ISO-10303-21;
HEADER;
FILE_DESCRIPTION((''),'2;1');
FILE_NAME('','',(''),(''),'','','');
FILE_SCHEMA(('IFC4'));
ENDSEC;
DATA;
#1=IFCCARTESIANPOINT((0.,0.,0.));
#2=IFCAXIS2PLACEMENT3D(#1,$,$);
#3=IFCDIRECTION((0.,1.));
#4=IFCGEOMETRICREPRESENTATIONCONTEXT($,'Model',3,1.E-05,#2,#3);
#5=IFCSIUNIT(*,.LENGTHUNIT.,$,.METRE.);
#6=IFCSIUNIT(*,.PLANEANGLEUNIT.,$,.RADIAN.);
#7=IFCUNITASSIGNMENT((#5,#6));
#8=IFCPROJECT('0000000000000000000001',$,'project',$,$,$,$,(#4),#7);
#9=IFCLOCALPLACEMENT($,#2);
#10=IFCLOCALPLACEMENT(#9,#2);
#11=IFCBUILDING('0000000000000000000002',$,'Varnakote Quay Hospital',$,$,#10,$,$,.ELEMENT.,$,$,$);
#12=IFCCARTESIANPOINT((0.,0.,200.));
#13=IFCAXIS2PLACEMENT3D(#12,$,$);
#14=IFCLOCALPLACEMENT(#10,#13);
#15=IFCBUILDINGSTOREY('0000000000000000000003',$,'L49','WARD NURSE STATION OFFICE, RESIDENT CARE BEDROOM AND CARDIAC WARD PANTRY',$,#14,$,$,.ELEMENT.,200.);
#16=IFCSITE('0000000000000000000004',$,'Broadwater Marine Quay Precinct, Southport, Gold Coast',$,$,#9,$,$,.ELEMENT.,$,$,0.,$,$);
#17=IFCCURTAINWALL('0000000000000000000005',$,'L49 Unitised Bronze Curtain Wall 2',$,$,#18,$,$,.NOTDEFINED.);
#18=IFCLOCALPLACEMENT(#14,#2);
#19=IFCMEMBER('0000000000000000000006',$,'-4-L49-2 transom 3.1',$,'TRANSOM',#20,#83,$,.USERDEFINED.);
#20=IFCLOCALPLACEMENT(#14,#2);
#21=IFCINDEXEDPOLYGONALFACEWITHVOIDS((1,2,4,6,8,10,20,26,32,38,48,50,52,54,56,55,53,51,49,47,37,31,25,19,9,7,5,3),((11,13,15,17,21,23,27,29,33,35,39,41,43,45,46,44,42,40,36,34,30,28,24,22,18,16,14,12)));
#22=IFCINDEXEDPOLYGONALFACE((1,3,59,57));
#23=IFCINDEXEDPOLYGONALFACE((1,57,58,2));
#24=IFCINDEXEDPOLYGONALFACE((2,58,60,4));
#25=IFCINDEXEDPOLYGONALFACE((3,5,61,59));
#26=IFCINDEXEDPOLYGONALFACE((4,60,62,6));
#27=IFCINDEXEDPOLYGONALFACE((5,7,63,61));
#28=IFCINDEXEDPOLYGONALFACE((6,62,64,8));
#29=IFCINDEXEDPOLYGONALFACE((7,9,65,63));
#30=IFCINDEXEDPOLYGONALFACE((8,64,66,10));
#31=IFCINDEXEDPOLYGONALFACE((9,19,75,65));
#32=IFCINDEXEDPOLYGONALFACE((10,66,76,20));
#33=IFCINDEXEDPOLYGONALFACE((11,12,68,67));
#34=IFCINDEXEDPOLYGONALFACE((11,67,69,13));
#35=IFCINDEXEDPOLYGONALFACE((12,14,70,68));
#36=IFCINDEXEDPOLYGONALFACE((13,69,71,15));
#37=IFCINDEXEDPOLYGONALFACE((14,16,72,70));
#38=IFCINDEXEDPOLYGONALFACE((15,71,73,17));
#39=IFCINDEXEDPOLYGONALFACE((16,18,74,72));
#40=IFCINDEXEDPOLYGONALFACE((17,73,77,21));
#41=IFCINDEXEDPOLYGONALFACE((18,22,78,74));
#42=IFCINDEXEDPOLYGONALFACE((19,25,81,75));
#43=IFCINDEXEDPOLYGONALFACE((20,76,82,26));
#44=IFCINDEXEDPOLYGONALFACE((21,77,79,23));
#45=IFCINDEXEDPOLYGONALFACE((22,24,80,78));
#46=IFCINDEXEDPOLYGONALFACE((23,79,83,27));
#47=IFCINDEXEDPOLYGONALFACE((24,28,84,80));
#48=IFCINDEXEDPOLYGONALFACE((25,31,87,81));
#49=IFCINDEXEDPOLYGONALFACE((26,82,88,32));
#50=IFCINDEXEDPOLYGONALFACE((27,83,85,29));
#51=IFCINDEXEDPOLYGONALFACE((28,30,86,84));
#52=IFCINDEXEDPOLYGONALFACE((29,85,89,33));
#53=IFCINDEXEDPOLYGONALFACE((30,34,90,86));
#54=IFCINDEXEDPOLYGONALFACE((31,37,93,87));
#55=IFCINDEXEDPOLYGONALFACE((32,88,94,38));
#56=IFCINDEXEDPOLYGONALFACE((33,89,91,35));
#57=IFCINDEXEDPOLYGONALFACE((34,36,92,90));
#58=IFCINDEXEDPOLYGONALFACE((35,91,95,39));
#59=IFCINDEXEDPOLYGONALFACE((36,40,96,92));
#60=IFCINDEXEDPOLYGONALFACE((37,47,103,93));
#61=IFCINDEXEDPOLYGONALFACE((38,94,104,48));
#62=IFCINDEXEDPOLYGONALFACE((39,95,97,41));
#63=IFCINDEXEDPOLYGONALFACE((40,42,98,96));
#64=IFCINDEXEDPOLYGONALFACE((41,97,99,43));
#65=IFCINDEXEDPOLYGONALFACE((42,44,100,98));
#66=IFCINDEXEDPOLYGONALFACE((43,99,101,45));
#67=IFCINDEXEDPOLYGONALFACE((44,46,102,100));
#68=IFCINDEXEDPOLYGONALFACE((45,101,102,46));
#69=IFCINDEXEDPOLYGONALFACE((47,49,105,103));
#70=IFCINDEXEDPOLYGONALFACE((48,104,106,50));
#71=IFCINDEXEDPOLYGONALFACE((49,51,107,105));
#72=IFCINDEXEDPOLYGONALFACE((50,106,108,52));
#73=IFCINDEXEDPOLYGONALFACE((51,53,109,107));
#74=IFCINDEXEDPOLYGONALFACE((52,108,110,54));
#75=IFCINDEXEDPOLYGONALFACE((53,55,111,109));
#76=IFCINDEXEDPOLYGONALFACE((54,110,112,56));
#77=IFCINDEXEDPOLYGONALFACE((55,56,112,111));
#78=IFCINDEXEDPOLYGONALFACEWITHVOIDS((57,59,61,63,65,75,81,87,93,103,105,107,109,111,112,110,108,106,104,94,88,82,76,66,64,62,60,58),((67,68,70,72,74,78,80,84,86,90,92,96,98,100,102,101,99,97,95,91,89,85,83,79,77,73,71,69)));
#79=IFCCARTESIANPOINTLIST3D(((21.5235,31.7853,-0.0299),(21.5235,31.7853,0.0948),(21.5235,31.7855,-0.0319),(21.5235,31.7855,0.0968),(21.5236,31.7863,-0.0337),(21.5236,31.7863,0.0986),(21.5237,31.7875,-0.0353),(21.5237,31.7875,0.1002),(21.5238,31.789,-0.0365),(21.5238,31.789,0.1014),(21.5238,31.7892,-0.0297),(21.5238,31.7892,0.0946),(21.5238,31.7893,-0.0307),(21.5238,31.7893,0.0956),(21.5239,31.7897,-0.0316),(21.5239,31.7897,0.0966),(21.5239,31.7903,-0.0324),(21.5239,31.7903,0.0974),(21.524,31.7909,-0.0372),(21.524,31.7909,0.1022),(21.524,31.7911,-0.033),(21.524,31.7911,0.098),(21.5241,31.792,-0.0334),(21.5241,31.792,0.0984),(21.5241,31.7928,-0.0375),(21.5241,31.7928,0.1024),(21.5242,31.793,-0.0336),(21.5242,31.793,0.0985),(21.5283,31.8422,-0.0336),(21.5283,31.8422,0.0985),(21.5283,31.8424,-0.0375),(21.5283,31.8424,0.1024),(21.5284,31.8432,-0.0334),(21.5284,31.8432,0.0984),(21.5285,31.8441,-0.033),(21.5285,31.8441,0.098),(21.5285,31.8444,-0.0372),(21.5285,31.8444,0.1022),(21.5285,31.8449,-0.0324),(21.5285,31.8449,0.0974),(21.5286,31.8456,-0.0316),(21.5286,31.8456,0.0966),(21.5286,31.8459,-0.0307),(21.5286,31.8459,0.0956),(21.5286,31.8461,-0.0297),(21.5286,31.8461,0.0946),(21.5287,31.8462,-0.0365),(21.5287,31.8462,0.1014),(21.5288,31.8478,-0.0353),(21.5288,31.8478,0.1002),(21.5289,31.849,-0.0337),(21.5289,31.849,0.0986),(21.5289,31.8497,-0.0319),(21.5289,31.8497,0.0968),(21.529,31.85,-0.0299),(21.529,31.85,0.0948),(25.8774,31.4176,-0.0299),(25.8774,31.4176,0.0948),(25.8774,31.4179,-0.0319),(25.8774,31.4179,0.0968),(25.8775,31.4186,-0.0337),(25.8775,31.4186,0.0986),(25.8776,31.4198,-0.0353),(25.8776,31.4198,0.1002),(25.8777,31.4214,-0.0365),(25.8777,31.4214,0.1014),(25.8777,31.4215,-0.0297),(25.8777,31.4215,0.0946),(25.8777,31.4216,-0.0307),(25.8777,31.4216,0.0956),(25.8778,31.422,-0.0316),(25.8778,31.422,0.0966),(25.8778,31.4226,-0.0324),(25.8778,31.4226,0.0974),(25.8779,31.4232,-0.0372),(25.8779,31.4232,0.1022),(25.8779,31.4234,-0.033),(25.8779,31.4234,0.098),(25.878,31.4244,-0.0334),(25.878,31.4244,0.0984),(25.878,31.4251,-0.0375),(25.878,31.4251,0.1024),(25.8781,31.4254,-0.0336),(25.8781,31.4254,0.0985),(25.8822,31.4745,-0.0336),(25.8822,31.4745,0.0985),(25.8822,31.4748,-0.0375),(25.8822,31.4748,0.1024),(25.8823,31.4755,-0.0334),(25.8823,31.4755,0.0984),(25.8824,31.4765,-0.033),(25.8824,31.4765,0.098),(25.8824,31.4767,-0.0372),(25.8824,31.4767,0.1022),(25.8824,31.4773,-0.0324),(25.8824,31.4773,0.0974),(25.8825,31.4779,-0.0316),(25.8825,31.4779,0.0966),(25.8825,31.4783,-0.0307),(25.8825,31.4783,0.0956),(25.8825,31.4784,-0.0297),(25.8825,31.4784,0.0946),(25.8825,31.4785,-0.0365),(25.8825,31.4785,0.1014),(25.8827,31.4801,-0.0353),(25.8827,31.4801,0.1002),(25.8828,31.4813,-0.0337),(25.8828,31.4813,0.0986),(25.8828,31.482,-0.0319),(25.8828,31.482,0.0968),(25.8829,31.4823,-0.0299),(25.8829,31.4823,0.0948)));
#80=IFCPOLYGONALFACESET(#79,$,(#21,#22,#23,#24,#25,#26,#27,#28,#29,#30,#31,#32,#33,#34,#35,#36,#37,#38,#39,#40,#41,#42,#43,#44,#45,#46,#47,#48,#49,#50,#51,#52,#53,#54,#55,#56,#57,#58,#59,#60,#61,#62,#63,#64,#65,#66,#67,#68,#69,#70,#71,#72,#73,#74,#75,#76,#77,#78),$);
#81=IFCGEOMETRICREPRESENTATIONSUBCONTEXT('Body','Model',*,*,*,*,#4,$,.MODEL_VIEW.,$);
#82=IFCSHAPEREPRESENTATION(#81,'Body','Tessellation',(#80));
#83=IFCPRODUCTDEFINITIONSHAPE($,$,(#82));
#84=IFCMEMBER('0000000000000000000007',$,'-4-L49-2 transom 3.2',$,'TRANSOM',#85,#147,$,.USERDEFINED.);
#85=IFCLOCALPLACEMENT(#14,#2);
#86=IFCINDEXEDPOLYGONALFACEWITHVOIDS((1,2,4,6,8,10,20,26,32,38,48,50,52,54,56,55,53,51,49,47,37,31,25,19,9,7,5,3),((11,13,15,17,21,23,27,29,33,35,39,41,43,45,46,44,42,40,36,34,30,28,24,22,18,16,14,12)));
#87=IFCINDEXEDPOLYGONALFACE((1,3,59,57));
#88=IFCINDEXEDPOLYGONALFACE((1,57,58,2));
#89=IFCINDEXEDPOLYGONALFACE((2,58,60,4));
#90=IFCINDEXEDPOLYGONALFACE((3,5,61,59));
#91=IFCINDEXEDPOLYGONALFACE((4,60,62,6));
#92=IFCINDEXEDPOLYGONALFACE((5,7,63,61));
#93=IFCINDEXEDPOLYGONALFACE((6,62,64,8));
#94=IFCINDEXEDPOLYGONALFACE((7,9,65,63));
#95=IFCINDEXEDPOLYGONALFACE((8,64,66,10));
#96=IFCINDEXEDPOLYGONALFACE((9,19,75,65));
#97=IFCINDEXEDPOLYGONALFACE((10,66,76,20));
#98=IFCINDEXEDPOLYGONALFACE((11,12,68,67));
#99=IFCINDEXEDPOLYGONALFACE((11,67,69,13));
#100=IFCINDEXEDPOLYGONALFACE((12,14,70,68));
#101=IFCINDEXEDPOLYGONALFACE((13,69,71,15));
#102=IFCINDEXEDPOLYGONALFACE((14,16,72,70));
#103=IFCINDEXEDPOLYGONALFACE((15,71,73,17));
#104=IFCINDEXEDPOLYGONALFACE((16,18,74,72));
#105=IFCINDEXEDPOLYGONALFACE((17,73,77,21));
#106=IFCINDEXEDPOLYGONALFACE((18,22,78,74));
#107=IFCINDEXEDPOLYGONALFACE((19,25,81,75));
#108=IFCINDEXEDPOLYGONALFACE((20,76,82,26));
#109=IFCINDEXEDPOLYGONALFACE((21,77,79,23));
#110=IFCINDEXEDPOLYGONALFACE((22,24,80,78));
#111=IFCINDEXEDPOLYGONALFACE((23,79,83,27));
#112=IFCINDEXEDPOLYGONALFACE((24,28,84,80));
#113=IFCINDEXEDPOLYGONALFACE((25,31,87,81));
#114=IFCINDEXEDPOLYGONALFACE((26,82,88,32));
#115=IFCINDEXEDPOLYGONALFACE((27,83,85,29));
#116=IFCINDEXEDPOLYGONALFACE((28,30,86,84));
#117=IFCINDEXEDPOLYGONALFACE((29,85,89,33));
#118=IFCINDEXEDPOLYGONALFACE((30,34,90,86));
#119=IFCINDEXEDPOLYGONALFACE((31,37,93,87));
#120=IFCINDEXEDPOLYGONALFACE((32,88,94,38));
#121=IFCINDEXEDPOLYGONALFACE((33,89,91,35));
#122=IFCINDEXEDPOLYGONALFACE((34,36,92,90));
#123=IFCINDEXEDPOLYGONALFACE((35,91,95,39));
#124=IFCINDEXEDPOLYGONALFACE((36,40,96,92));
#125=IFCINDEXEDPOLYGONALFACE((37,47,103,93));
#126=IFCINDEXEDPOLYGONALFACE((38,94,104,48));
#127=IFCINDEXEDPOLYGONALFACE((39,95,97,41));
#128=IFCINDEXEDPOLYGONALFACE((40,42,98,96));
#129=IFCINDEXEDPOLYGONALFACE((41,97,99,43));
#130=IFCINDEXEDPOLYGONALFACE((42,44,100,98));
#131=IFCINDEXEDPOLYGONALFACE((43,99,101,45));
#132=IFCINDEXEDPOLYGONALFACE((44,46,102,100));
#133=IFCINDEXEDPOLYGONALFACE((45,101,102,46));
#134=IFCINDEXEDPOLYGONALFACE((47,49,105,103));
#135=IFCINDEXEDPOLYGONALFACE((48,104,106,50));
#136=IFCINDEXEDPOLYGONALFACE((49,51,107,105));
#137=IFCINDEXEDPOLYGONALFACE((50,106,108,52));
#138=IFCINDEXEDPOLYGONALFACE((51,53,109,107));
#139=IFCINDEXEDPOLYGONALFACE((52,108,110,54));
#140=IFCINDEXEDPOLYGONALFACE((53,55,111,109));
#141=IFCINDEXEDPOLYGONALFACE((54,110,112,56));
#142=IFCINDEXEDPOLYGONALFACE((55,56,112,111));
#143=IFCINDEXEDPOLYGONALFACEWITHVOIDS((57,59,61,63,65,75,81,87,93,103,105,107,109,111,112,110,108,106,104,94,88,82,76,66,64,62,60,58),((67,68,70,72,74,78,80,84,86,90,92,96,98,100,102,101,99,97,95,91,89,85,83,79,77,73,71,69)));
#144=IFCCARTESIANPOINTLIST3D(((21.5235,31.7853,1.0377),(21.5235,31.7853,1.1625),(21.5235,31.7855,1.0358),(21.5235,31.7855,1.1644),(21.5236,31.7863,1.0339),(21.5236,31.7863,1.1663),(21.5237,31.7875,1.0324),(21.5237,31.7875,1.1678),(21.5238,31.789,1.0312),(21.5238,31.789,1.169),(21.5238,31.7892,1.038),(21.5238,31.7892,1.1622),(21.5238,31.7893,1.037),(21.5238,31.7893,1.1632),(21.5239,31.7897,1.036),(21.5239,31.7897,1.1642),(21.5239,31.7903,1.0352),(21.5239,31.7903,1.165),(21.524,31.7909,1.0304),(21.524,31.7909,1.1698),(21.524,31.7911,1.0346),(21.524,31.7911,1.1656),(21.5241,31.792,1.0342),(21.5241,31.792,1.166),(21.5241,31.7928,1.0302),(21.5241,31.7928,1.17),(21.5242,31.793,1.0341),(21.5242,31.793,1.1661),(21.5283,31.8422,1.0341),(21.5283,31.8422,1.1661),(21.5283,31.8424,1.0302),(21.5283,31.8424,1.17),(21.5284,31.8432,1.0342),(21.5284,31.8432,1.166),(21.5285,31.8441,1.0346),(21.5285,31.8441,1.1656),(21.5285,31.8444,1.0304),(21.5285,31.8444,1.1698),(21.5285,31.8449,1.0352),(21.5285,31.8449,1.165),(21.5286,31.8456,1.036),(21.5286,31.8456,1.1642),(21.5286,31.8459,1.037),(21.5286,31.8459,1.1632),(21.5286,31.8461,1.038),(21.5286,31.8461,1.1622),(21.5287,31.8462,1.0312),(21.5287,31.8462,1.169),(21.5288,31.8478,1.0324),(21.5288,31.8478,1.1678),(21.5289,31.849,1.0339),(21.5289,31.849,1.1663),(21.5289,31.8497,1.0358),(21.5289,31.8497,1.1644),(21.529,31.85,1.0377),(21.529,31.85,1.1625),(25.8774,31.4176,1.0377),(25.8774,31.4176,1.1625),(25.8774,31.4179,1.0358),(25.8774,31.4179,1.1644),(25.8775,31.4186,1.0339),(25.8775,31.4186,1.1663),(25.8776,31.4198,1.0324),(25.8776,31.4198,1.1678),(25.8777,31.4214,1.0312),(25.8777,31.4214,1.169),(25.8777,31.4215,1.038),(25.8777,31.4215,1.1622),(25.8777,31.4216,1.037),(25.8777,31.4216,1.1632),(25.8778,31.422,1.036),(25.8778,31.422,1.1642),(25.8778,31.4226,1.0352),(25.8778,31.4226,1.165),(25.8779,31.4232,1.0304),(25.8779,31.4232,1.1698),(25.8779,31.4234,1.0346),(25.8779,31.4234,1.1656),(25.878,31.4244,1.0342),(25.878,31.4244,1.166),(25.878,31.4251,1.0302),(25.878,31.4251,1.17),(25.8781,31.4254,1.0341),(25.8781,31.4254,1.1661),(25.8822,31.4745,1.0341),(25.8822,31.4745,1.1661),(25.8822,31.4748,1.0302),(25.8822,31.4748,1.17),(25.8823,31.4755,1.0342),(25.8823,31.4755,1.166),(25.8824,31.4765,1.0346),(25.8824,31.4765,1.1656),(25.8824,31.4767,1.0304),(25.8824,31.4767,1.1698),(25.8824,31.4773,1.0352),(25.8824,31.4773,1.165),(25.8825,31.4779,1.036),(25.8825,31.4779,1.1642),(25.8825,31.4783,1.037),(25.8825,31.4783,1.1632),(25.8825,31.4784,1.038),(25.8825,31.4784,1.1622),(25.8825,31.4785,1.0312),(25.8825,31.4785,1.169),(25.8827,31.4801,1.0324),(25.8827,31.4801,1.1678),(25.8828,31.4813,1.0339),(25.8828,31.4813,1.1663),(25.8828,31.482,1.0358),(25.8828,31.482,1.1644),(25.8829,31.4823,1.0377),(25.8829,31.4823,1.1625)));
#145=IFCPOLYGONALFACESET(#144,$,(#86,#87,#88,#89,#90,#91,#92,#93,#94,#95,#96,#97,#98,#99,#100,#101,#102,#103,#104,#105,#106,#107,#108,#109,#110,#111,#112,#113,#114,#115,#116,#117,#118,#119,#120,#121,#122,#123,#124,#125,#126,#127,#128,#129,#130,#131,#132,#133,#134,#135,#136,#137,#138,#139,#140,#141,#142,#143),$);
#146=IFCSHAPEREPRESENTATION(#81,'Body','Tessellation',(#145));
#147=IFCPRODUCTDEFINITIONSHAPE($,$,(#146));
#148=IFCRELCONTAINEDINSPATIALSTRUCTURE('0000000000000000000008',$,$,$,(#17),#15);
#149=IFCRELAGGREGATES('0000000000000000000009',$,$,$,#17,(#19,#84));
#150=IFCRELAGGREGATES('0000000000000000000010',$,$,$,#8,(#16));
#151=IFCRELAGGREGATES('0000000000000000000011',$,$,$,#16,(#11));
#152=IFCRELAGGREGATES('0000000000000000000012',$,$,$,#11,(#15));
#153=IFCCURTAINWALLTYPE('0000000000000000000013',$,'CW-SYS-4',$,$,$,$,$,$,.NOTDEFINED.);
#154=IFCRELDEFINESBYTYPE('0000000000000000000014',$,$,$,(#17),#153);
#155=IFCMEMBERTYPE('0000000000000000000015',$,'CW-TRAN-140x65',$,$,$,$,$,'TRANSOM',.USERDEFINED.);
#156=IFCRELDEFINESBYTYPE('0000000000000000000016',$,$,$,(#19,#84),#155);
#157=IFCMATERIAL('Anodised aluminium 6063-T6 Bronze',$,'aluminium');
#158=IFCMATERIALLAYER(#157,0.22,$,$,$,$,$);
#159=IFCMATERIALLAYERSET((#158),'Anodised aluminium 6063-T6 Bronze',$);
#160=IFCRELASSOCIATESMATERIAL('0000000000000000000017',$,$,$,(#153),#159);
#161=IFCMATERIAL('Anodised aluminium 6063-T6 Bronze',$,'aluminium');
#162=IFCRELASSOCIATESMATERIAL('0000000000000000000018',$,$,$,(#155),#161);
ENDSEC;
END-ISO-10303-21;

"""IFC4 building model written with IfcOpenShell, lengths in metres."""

from ifc_helpers import new_model, si_unit, direction, frame, origin, origin_2d, place, context, subcontext, project, spatial, hollow_rectangle, extrude, material, layer, layer_set, material_profile, profile_set, type_object, element, aggregate, save


model = new_model("IFC4")

# Units and contexts
model_context = context("Model", 3, precision=1e-05, world=origin(), true_north=direction((0.0, 1.0)))
body_context = subcontext(model_context, "Body", "Model", "MODEL_VIEW")
ifc_project = project(units=[si_unit("LENGTHUNIT", "METRE"), si_unit("PLANEANGLEUNIT", "RADIAN")], contexts=[model_context])

# Site, building, storey
site_placement = place(None, origin())
site = spatial("IfcSite", under=ifc_project, at=site_placement, Name="Broadwater Marine Quay Precinct, Southport, Gold Coast", CompositionType="ELEMENT", RefElevation=0.0)
building_placement = place(site_placement, origin())
building = spatial("IfcBuilding", under=site, at=building_placement, Name="Varnakote Quay Hospital", CompositionType="ELEMENT")
storey_placement = place(building_placement, frame((0.0, 0.0, 200.0)))
storey = spatial("IfcBuildingStorey", under=building, at=storey_placement, Name="L49", Description="WARD NURSE STATION OFFICE, RESIDENT CARE BEDROOM AND CARDIAC WARD PANTRY", CompositionType="ELEMENT", Elevation=200.0)

# Curtain wall, members
ifc_material_1 = material(Name="Anodised aluminium 6063-T6 Bronze", Category="aluminium")
ifc_layer_1 = layer(ifc_material_1, 0.22)
ifc_layer_set_1 = layer_set([ifc_layer_1], Name="Anodised aluminium 6063-T6 Bronze")
curtain_wall_type = type_object("IfcCurtainWallType", Name="CW-SYS-4", PredefinedType="NOTDEFINED", material=ifc_layer_set_1)
curtain_wall_placement = place(storey_placement, origin())
curtain_wall = element("IfcCurtainWall", 1, at=curtain_wall_placement, inside=storey, type_object=curtain_wall_type, Name="L49 Unitised Bronze Curtain Wall 2", PredefinedType="NOTDEFINED")
ifc_material_2 = material(Name="Anodised aluminium 6063-T6 Bronze", Category="aluminium")
ifc_material_profile_1 = material_profile(ifc_material_2, hollow_rectangle(XDim=0.0649, YDim=0.1399, WallThickness=0.0039, InnerFilletRadius=0.0039, OuterFilletRadius=0.0076, at=origin_2d()), Name="CW-TRAN-140x65")
ifc_profile_set_1 = profile_set([ifc_material_profile_1], Name="Anodised aluminium 6063-T6 Bronze")
member_type_1 = type_object("IfcMemberType", Name="CW-TRAN-140x65", ElementType="TRANSOM", PredefinedType="USERDEFINED", material=ifc_profile_set_1)
member_1_placement = place(storey_placement, frame((25.8801, 31.45, 0.0325), z_axis=(-0.996453, 0.084146, 0.0), x_axis=(-0.084146, -0.996453, 0.0)))
member_1 = element("IfcMember", 2, at=member_1_placement, type_object=member_type_1, Name="-4-L49-2 transom 3.1", ObjectType="TRANSOM", PredefinedType="USERDEFINED", context=body_context, shape_type="SweptSolid", body=[
    extrude(hollow_rectangle(XDim=0.0649, YDim=0.1399, WallThickness=0.0039, InnerFilletRadius=0.0039, OuterFilletRadius=0.0076, at=origin_2d()), origin(), (0.0, 0.0, 1.0), 4.3694),
])
member_2_placement = place(storey_placement, frame((25.8801, 31.45, 1.1001), z_axis=(-0.996453, 0.084146, 0.0), x_axis=(-0.084146, -0.996453, 0.0)))
member_2 = element("IfcMember", 3, at=member_2_placement, type_object=member_type_1, Name="-4-L49-2 transom 3.2", ObjectType="TRANSOM", PredefinedType="USERDEFINED", context=body_context, shape_type="SweptSolid", body=[
    extrude(hollow_rectangle(XDim=0.0649, YDim=0.1399, WallThickness=0.0039, InnerFilletRadius=0.0039, OuterFilletRadius=0.0076, at=origin_2d()), origin(), (0.0, 0.0, 1.0), 4.3694),
])

aggregate(curtain_wall, [member_1, member_2])

save(model, "model.ifc")
